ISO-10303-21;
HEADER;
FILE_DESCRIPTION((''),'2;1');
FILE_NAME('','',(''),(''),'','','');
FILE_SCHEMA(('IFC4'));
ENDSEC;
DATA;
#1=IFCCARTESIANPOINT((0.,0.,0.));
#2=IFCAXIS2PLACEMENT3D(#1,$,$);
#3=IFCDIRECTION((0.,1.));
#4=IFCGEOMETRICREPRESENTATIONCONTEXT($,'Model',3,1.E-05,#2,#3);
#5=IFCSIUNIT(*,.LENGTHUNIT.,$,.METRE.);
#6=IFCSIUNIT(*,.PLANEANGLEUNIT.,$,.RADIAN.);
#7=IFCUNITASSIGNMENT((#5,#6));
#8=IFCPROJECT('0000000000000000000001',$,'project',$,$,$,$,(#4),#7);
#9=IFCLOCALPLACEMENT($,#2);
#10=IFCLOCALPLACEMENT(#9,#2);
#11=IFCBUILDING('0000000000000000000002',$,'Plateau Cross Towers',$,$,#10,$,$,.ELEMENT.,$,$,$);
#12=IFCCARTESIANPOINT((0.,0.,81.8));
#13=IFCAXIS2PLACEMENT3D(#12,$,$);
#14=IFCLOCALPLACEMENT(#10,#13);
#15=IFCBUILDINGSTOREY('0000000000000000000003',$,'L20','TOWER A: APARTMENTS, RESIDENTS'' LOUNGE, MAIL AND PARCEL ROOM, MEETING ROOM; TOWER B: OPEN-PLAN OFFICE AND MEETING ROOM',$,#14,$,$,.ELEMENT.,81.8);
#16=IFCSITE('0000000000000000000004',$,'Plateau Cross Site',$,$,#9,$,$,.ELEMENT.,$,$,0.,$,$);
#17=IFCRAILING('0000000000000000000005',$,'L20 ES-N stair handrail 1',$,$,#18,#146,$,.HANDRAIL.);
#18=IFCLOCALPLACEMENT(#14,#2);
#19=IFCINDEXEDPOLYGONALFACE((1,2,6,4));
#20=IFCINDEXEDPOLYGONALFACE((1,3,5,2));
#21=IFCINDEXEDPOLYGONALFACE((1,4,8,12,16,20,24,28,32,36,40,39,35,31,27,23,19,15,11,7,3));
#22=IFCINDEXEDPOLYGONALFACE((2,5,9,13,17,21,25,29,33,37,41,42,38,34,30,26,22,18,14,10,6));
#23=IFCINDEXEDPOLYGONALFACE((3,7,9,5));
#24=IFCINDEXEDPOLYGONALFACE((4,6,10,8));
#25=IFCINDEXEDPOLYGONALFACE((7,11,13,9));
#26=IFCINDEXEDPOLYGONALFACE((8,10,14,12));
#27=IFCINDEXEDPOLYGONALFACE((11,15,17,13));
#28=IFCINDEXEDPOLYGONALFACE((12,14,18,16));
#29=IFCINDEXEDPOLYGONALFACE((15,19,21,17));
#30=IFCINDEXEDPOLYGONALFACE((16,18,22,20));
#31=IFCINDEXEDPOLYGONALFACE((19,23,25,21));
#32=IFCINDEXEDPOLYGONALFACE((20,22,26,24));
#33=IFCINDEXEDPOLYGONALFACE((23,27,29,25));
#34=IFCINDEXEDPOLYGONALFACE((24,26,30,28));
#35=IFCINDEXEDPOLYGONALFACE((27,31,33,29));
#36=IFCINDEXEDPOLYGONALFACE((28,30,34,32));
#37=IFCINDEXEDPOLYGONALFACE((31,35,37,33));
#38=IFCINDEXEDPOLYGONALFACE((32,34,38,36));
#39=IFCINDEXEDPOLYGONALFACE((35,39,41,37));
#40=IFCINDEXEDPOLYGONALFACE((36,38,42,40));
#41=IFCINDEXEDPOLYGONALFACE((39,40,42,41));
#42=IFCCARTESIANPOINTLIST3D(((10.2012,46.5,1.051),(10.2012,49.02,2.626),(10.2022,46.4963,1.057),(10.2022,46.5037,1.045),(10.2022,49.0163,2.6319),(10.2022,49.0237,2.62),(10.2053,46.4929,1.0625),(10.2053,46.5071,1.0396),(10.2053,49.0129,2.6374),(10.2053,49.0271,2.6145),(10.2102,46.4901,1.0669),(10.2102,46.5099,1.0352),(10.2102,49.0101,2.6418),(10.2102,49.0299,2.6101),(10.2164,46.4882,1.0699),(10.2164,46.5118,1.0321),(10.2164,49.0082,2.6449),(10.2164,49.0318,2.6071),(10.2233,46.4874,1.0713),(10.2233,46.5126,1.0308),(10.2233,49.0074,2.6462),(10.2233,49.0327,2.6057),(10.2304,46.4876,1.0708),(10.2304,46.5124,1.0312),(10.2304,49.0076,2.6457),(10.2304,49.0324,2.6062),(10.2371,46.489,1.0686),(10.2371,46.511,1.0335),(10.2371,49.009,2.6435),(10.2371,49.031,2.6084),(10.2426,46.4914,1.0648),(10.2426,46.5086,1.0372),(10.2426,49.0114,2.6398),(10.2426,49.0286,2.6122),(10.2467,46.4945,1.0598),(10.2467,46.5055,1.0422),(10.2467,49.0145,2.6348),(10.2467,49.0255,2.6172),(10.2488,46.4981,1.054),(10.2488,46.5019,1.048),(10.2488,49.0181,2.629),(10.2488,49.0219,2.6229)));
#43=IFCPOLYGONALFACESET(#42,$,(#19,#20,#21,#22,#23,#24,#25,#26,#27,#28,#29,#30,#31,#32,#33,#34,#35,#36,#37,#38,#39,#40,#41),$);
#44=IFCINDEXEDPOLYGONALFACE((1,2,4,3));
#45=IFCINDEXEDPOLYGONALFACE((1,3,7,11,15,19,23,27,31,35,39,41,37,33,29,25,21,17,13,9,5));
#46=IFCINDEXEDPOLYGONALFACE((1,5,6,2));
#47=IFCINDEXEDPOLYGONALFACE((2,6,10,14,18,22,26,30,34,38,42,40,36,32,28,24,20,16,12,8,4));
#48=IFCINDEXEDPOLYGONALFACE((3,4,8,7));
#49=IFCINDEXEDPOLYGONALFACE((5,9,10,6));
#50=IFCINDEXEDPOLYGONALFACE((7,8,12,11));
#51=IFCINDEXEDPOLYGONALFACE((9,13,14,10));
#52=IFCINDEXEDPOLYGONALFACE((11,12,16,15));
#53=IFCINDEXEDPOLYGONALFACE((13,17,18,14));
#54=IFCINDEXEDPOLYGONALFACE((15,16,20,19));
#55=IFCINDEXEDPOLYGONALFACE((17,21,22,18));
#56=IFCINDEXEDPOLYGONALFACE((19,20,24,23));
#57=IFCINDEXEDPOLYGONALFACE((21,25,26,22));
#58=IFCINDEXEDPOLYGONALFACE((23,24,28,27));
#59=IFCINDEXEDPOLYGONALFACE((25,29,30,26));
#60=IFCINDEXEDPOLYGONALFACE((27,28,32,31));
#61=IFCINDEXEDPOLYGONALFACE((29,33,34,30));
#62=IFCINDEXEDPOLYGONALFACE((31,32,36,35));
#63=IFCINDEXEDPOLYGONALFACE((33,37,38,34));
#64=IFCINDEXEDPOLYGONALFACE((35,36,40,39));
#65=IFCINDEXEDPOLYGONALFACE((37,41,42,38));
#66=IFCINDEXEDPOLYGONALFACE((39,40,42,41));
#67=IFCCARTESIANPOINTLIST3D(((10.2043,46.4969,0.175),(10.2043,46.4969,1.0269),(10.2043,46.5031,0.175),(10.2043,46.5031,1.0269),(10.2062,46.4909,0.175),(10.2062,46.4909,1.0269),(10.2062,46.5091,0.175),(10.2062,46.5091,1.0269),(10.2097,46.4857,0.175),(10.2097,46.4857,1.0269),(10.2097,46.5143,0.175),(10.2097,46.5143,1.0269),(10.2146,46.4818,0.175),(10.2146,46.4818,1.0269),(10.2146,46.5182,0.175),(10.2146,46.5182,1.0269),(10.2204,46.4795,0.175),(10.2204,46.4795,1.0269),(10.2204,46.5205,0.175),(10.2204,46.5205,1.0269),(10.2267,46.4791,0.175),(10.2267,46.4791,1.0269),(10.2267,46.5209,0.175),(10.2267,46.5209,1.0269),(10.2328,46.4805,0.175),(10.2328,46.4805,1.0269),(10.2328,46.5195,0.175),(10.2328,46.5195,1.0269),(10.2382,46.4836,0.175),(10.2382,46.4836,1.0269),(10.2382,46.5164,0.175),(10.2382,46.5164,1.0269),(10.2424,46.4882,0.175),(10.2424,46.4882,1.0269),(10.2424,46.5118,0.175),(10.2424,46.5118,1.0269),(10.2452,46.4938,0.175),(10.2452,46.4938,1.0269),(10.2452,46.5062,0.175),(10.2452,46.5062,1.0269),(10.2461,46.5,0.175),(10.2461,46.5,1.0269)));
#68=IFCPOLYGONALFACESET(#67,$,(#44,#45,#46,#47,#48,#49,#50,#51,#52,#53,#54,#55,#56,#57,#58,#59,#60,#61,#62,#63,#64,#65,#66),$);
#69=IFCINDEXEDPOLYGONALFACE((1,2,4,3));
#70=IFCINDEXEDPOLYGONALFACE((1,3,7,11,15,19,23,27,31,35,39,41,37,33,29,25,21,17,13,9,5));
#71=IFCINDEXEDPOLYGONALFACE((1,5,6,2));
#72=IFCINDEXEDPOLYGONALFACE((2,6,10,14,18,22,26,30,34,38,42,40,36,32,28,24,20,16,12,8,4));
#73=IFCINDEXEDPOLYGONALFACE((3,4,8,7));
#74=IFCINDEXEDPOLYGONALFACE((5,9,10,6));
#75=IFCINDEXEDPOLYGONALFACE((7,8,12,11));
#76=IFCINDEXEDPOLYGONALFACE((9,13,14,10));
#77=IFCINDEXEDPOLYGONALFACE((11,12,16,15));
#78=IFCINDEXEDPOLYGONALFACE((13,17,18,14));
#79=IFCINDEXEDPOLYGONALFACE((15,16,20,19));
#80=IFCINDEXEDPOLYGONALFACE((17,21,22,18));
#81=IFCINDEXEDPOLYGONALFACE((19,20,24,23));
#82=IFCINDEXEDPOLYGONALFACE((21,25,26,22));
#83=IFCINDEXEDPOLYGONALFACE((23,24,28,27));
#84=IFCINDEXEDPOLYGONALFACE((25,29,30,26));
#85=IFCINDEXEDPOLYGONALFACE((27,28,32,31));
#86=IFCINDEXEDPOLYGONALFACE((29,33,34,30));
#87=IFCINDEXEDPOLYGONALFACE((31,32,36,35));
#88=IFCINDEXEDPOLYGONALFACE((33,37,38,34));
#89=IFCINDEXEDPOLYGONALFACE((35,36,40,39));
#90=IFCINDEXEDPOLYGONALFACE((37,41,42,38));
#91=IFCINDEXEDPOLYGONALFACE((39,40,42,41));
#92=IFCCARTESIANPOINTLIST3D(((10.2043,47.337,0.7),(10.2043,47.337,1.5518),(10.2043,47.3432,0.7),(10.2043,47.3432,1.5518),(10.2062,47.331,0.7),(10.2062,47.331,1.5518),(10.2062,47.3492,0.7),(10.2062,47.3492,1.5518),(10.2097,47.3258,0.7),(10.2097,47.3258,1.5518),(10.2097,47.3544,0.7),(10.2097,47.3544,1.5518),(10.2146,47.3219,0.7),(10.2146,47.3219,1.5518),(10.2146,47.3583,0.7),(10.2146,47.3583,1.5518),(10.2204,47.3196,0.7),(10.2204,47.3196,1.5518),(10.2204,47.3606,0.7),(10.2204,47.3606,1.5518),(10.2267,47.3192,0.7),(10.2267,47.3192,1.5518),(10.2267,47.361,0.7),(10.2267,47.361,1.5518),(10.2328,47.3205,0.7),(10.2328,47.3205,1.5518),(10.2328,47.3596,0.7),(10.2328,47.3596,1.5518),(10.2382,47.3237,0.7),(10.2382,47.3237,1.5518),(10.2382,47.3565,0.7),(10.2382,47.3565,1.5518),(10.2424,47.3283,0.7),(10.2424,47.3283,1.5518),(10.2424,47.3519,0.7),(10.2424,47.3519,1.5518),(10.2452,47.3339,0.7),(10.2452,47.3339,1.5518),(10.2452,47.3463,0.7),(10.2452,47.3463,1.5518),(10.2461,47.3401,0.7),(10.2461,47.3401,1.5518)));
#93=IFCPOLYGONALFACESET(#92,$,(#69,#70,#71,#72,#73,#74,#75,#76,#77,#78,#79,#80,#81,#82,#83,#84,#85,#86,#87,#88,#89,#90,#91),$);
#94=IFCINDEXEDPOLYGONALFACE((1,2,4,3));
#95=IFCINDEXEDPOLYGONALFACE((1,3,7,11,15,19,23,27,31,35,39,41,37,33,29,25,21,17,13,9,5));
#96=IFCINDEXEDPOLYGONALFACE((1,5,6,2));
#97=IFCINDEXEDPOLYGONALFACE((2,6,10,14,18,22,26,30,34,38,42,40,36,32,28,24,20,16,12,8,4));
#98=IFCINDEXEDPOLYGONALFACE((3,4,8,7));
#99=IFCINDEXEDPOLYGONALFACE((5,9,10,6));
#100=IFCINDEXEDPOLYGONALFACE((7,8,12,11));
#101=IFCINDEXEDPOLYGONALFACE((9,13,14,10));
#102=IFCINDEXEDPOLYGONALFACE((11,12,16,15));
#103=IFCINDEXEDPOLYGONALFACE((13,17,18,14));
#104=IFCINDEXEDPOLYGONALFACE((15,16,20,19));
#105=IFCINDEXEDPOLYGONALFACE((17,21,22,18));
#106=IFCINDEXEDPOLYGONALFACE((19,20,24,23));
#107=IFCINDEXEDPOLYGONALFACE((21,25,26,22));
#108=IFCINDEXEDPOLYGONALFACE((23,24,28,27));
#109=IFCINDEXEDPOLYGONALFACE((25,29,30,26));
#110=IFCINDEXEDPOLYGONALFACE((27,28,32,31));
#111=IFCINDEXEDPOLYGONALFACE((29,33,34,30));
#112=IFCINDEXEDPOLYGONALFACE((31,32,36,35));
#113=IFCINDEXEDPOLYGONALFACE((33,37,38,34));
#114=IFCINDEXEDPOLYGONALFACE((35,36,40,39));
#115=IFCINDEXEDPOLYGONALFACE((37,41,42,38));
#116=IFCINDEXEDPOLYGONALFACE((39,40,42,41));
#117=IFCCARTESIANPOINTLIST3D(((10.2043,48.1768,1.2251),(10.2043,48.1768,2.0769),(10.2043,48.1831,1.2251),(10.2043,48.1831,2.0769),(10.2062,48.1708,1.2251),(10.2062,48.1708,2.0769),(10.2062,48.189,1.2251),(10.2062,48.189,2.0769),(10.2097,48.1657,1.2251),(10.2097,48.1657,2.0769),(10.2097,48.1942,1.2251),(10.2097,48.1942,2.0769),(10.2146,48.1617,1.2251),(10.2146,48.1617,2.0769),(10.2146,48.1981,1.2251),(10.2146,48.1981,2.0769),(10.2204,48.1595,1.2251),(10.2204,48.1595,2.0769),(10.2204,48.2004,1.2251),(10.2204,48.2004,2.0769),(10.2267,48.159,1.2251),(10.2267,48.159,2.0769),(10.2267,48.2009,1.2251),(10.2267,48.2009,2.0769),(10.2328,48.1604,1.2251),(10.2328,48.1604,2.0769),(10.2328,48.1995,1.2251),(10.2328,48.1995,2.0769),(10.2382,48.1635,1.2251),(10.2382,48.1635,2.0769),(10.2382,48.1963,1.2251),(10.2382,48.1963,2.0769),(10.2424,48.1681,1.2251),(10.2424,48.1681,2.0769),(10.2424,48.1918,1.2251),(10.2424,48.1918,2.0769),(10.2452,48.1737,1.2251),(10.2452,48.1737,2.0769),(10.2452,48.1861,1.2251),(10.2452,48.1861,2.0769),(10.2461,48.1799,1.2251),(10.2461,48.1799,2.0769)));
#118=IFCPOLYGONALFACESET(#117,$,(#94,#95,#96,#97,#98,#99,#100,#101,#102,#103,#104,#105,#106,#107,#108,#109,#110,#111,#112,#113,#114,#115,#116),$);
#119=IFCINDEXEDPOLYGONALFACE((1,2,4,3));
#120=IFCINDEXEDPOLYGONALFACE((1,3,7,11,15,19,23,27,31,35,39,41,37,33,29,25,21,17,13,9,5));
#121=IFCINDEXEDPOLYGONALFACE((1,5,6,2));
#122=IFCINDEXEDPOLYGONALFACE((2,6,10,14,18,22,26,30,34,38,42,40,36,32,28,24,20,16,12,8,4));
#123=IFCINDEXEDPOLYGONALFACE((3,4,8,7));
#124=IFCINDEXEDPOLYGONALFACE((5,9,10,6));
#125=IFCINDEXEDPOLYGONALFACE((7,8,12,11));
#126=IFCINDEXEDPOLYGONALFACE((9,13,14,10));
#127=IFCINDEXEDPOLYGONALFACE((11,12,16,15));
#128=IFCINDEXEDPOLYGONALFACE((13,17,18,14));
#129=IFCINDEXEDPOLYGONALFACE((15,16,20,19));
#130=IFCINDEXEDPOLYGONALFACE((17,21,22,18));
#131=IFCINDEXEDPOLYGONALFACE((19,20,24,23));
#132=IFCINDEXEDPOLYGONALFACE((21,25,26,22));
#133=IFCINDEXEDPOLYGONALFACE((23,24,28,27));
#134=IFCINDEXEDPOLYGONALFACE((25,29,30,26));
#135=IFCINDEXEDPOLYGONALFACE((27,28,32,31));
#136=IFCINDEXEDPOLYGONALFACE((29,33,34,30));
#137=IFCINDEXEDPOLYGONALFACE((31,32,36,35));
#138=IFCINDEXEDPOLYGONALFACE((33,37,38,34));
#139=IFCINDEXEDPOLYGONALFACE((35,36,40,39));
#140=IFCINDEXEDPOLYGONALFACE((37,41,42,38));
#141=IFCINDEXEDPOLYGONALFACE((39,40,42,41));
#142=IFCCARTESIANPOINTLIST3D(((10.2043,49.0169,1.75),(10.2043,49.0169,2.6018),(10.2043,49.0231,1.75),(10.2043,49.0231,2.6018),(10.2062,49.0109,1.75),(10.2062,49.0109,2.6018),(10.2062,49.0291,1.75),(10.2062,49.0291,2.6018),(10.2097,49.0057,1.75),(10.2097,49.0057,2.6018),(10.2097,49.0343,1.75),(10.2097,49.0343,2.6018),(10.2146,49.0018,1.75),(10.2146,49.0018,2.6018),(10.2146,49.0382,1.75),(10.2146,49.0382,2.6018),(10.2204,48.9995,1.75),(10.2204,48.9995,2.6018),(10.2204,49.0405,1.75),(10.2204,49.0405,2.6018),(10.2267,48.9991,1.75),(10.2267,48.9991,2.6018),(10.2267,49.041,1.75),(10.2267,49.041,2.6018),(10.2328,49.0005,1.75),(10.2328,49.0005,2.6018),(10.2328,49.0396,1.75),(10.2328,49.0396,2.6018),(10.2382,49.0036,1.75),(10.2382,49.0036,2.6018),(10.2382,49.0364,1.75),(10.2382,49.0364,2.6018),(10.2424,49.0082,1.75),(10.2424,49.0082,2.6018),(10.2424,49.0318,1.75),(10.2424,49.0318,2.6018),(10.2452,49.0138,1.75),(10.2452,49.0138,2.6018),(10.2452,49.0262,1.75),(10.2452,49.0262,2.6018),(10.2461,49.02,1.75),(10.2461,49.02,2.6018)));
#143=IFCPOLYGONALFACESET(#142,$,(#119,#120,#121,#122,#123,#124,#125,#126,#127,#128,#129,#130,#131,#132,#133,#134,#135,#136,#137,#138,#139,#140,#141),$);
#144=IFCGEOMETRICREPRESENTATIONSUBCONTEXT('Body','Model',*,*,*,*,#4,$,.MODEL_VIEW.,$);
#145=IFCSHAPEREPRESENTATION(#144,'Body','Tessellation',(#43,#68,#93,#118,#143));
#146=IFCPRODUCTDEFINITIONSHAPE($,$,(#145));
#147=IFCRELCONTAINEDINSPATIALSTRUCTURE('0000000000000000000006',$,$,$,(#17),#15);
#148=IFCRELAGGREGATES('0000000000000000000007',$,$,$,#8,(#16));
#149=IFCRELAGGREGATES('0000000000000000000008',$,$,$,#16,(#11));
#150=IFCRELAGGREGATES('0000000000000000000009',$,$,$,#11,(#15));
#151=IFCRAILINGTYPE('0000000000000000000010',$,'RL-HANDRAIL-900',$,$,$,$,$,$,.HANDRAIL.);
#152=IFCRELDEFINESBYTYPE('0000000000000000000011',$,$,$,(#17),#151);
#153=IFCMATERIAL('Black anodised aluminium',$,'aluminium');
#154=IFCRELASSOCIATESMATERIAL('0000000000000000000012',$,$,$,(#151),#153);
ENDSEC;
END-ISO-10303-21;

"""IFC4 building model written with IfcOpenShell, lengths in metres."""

from ifc_helpers import new_model, si_unit, direction, frame, origin, origin_2d, place, context, subcontext, project, spatial, circle, extrude, material, type_object, element, save


model = new_model("IFC4")

# Units and contexts
model_context = context("Model", 3, precision=1e-05, world=origin(), true_north=direction((0.0, 1.0)))
body_context = subcontext(model_context, "Body", "Model", "MODEL_VIEW")
ifc_project = project(units=[si_unit("LENGTHUNIT", "METRE"), si_unit("PLANEANGLEUNIT", "RADIAN")], contexts=[model_context])

# Site, building, storey
site_placement = place(None, origin())
site = spatial("IfcSite", under=ifc_project, at=site_placement, Name="Plateau Cross Site", CompositionType="ELEMENT", RefElevation=0.0)
building_placement = place(site_placement, origin())
building = spatial("IfcBuilding", under=site, at=building_placement, Name="Plateau Cross Towers", CompositionType="ELEMENT")
storey_placement = place(building_placement, frame((0.0, 0.0, 81.8)))
storey = spatial("IfcBuildingStorey", under=building, at=storey_placement, Name="L20", Description="TOWER A: APARTMENTS, RESIDENTS' LOUNGE, MAIL AND PARCEL ROOM, MEETING ROOM; TOWER B: OPEN-PLAN OFFICE AND MEETING ROOM", CompositionType="ELEMENT", Elevation=81.8)

# Shared definitions
ifc_material_1 = material(Name="Black anodised aluminium", Category="aluminium")

# Railing
railing_type_1 = type_object("IfcRailingType", Name="RL-HANDRAIL-900", PredefinedType="HANDRAIL", material=ifc_material_1)
railing_1_placement = place(storey_placement, frame((10.2251, 46.5, 0.175)))
element("IfcRailing", 1, at=railing_1_placement, inside=storey, type_object=railing_type_1, Name="L20 ES-N stair handrail 1", PredefinedType="HANDRAIL", context=body_context, shape_type="SweptSolid", body=[
    extrude(circle(Radius=0.0239, at=origin_2d()), frame((0.0, 0.0, 0.876), z_axis=(0.0, 0.848008, 0.529984), x_axis=(-1.0, 0.0, 0.0)), (0.0, 0.0, 1.0), 2.9717),
    extrude(circle(Radius=0.021, at=origin_2d()), origin(), (0.0, 0.0, 1.0), 0.8518),
    extrude(circle(Radius=0.021, at=origin_2d()), frame((0.0, 0.8401, 0.5249)), (0.0, 0.0, 1.0), 0.8518),
    extrude(circle(Radius=0.021, at=origin_2d()), frame((0.0, 1.6799, 1.05)), (0.0, 0.0, 1.0), 0.8518),
    extrude(circle(Radius=0.021, at=origin_2d()), frame((0.0, 2.52, 1.575)), (0.0, 0.0, 1.0), 0.8518),
])

save(model, "model.ifc")
